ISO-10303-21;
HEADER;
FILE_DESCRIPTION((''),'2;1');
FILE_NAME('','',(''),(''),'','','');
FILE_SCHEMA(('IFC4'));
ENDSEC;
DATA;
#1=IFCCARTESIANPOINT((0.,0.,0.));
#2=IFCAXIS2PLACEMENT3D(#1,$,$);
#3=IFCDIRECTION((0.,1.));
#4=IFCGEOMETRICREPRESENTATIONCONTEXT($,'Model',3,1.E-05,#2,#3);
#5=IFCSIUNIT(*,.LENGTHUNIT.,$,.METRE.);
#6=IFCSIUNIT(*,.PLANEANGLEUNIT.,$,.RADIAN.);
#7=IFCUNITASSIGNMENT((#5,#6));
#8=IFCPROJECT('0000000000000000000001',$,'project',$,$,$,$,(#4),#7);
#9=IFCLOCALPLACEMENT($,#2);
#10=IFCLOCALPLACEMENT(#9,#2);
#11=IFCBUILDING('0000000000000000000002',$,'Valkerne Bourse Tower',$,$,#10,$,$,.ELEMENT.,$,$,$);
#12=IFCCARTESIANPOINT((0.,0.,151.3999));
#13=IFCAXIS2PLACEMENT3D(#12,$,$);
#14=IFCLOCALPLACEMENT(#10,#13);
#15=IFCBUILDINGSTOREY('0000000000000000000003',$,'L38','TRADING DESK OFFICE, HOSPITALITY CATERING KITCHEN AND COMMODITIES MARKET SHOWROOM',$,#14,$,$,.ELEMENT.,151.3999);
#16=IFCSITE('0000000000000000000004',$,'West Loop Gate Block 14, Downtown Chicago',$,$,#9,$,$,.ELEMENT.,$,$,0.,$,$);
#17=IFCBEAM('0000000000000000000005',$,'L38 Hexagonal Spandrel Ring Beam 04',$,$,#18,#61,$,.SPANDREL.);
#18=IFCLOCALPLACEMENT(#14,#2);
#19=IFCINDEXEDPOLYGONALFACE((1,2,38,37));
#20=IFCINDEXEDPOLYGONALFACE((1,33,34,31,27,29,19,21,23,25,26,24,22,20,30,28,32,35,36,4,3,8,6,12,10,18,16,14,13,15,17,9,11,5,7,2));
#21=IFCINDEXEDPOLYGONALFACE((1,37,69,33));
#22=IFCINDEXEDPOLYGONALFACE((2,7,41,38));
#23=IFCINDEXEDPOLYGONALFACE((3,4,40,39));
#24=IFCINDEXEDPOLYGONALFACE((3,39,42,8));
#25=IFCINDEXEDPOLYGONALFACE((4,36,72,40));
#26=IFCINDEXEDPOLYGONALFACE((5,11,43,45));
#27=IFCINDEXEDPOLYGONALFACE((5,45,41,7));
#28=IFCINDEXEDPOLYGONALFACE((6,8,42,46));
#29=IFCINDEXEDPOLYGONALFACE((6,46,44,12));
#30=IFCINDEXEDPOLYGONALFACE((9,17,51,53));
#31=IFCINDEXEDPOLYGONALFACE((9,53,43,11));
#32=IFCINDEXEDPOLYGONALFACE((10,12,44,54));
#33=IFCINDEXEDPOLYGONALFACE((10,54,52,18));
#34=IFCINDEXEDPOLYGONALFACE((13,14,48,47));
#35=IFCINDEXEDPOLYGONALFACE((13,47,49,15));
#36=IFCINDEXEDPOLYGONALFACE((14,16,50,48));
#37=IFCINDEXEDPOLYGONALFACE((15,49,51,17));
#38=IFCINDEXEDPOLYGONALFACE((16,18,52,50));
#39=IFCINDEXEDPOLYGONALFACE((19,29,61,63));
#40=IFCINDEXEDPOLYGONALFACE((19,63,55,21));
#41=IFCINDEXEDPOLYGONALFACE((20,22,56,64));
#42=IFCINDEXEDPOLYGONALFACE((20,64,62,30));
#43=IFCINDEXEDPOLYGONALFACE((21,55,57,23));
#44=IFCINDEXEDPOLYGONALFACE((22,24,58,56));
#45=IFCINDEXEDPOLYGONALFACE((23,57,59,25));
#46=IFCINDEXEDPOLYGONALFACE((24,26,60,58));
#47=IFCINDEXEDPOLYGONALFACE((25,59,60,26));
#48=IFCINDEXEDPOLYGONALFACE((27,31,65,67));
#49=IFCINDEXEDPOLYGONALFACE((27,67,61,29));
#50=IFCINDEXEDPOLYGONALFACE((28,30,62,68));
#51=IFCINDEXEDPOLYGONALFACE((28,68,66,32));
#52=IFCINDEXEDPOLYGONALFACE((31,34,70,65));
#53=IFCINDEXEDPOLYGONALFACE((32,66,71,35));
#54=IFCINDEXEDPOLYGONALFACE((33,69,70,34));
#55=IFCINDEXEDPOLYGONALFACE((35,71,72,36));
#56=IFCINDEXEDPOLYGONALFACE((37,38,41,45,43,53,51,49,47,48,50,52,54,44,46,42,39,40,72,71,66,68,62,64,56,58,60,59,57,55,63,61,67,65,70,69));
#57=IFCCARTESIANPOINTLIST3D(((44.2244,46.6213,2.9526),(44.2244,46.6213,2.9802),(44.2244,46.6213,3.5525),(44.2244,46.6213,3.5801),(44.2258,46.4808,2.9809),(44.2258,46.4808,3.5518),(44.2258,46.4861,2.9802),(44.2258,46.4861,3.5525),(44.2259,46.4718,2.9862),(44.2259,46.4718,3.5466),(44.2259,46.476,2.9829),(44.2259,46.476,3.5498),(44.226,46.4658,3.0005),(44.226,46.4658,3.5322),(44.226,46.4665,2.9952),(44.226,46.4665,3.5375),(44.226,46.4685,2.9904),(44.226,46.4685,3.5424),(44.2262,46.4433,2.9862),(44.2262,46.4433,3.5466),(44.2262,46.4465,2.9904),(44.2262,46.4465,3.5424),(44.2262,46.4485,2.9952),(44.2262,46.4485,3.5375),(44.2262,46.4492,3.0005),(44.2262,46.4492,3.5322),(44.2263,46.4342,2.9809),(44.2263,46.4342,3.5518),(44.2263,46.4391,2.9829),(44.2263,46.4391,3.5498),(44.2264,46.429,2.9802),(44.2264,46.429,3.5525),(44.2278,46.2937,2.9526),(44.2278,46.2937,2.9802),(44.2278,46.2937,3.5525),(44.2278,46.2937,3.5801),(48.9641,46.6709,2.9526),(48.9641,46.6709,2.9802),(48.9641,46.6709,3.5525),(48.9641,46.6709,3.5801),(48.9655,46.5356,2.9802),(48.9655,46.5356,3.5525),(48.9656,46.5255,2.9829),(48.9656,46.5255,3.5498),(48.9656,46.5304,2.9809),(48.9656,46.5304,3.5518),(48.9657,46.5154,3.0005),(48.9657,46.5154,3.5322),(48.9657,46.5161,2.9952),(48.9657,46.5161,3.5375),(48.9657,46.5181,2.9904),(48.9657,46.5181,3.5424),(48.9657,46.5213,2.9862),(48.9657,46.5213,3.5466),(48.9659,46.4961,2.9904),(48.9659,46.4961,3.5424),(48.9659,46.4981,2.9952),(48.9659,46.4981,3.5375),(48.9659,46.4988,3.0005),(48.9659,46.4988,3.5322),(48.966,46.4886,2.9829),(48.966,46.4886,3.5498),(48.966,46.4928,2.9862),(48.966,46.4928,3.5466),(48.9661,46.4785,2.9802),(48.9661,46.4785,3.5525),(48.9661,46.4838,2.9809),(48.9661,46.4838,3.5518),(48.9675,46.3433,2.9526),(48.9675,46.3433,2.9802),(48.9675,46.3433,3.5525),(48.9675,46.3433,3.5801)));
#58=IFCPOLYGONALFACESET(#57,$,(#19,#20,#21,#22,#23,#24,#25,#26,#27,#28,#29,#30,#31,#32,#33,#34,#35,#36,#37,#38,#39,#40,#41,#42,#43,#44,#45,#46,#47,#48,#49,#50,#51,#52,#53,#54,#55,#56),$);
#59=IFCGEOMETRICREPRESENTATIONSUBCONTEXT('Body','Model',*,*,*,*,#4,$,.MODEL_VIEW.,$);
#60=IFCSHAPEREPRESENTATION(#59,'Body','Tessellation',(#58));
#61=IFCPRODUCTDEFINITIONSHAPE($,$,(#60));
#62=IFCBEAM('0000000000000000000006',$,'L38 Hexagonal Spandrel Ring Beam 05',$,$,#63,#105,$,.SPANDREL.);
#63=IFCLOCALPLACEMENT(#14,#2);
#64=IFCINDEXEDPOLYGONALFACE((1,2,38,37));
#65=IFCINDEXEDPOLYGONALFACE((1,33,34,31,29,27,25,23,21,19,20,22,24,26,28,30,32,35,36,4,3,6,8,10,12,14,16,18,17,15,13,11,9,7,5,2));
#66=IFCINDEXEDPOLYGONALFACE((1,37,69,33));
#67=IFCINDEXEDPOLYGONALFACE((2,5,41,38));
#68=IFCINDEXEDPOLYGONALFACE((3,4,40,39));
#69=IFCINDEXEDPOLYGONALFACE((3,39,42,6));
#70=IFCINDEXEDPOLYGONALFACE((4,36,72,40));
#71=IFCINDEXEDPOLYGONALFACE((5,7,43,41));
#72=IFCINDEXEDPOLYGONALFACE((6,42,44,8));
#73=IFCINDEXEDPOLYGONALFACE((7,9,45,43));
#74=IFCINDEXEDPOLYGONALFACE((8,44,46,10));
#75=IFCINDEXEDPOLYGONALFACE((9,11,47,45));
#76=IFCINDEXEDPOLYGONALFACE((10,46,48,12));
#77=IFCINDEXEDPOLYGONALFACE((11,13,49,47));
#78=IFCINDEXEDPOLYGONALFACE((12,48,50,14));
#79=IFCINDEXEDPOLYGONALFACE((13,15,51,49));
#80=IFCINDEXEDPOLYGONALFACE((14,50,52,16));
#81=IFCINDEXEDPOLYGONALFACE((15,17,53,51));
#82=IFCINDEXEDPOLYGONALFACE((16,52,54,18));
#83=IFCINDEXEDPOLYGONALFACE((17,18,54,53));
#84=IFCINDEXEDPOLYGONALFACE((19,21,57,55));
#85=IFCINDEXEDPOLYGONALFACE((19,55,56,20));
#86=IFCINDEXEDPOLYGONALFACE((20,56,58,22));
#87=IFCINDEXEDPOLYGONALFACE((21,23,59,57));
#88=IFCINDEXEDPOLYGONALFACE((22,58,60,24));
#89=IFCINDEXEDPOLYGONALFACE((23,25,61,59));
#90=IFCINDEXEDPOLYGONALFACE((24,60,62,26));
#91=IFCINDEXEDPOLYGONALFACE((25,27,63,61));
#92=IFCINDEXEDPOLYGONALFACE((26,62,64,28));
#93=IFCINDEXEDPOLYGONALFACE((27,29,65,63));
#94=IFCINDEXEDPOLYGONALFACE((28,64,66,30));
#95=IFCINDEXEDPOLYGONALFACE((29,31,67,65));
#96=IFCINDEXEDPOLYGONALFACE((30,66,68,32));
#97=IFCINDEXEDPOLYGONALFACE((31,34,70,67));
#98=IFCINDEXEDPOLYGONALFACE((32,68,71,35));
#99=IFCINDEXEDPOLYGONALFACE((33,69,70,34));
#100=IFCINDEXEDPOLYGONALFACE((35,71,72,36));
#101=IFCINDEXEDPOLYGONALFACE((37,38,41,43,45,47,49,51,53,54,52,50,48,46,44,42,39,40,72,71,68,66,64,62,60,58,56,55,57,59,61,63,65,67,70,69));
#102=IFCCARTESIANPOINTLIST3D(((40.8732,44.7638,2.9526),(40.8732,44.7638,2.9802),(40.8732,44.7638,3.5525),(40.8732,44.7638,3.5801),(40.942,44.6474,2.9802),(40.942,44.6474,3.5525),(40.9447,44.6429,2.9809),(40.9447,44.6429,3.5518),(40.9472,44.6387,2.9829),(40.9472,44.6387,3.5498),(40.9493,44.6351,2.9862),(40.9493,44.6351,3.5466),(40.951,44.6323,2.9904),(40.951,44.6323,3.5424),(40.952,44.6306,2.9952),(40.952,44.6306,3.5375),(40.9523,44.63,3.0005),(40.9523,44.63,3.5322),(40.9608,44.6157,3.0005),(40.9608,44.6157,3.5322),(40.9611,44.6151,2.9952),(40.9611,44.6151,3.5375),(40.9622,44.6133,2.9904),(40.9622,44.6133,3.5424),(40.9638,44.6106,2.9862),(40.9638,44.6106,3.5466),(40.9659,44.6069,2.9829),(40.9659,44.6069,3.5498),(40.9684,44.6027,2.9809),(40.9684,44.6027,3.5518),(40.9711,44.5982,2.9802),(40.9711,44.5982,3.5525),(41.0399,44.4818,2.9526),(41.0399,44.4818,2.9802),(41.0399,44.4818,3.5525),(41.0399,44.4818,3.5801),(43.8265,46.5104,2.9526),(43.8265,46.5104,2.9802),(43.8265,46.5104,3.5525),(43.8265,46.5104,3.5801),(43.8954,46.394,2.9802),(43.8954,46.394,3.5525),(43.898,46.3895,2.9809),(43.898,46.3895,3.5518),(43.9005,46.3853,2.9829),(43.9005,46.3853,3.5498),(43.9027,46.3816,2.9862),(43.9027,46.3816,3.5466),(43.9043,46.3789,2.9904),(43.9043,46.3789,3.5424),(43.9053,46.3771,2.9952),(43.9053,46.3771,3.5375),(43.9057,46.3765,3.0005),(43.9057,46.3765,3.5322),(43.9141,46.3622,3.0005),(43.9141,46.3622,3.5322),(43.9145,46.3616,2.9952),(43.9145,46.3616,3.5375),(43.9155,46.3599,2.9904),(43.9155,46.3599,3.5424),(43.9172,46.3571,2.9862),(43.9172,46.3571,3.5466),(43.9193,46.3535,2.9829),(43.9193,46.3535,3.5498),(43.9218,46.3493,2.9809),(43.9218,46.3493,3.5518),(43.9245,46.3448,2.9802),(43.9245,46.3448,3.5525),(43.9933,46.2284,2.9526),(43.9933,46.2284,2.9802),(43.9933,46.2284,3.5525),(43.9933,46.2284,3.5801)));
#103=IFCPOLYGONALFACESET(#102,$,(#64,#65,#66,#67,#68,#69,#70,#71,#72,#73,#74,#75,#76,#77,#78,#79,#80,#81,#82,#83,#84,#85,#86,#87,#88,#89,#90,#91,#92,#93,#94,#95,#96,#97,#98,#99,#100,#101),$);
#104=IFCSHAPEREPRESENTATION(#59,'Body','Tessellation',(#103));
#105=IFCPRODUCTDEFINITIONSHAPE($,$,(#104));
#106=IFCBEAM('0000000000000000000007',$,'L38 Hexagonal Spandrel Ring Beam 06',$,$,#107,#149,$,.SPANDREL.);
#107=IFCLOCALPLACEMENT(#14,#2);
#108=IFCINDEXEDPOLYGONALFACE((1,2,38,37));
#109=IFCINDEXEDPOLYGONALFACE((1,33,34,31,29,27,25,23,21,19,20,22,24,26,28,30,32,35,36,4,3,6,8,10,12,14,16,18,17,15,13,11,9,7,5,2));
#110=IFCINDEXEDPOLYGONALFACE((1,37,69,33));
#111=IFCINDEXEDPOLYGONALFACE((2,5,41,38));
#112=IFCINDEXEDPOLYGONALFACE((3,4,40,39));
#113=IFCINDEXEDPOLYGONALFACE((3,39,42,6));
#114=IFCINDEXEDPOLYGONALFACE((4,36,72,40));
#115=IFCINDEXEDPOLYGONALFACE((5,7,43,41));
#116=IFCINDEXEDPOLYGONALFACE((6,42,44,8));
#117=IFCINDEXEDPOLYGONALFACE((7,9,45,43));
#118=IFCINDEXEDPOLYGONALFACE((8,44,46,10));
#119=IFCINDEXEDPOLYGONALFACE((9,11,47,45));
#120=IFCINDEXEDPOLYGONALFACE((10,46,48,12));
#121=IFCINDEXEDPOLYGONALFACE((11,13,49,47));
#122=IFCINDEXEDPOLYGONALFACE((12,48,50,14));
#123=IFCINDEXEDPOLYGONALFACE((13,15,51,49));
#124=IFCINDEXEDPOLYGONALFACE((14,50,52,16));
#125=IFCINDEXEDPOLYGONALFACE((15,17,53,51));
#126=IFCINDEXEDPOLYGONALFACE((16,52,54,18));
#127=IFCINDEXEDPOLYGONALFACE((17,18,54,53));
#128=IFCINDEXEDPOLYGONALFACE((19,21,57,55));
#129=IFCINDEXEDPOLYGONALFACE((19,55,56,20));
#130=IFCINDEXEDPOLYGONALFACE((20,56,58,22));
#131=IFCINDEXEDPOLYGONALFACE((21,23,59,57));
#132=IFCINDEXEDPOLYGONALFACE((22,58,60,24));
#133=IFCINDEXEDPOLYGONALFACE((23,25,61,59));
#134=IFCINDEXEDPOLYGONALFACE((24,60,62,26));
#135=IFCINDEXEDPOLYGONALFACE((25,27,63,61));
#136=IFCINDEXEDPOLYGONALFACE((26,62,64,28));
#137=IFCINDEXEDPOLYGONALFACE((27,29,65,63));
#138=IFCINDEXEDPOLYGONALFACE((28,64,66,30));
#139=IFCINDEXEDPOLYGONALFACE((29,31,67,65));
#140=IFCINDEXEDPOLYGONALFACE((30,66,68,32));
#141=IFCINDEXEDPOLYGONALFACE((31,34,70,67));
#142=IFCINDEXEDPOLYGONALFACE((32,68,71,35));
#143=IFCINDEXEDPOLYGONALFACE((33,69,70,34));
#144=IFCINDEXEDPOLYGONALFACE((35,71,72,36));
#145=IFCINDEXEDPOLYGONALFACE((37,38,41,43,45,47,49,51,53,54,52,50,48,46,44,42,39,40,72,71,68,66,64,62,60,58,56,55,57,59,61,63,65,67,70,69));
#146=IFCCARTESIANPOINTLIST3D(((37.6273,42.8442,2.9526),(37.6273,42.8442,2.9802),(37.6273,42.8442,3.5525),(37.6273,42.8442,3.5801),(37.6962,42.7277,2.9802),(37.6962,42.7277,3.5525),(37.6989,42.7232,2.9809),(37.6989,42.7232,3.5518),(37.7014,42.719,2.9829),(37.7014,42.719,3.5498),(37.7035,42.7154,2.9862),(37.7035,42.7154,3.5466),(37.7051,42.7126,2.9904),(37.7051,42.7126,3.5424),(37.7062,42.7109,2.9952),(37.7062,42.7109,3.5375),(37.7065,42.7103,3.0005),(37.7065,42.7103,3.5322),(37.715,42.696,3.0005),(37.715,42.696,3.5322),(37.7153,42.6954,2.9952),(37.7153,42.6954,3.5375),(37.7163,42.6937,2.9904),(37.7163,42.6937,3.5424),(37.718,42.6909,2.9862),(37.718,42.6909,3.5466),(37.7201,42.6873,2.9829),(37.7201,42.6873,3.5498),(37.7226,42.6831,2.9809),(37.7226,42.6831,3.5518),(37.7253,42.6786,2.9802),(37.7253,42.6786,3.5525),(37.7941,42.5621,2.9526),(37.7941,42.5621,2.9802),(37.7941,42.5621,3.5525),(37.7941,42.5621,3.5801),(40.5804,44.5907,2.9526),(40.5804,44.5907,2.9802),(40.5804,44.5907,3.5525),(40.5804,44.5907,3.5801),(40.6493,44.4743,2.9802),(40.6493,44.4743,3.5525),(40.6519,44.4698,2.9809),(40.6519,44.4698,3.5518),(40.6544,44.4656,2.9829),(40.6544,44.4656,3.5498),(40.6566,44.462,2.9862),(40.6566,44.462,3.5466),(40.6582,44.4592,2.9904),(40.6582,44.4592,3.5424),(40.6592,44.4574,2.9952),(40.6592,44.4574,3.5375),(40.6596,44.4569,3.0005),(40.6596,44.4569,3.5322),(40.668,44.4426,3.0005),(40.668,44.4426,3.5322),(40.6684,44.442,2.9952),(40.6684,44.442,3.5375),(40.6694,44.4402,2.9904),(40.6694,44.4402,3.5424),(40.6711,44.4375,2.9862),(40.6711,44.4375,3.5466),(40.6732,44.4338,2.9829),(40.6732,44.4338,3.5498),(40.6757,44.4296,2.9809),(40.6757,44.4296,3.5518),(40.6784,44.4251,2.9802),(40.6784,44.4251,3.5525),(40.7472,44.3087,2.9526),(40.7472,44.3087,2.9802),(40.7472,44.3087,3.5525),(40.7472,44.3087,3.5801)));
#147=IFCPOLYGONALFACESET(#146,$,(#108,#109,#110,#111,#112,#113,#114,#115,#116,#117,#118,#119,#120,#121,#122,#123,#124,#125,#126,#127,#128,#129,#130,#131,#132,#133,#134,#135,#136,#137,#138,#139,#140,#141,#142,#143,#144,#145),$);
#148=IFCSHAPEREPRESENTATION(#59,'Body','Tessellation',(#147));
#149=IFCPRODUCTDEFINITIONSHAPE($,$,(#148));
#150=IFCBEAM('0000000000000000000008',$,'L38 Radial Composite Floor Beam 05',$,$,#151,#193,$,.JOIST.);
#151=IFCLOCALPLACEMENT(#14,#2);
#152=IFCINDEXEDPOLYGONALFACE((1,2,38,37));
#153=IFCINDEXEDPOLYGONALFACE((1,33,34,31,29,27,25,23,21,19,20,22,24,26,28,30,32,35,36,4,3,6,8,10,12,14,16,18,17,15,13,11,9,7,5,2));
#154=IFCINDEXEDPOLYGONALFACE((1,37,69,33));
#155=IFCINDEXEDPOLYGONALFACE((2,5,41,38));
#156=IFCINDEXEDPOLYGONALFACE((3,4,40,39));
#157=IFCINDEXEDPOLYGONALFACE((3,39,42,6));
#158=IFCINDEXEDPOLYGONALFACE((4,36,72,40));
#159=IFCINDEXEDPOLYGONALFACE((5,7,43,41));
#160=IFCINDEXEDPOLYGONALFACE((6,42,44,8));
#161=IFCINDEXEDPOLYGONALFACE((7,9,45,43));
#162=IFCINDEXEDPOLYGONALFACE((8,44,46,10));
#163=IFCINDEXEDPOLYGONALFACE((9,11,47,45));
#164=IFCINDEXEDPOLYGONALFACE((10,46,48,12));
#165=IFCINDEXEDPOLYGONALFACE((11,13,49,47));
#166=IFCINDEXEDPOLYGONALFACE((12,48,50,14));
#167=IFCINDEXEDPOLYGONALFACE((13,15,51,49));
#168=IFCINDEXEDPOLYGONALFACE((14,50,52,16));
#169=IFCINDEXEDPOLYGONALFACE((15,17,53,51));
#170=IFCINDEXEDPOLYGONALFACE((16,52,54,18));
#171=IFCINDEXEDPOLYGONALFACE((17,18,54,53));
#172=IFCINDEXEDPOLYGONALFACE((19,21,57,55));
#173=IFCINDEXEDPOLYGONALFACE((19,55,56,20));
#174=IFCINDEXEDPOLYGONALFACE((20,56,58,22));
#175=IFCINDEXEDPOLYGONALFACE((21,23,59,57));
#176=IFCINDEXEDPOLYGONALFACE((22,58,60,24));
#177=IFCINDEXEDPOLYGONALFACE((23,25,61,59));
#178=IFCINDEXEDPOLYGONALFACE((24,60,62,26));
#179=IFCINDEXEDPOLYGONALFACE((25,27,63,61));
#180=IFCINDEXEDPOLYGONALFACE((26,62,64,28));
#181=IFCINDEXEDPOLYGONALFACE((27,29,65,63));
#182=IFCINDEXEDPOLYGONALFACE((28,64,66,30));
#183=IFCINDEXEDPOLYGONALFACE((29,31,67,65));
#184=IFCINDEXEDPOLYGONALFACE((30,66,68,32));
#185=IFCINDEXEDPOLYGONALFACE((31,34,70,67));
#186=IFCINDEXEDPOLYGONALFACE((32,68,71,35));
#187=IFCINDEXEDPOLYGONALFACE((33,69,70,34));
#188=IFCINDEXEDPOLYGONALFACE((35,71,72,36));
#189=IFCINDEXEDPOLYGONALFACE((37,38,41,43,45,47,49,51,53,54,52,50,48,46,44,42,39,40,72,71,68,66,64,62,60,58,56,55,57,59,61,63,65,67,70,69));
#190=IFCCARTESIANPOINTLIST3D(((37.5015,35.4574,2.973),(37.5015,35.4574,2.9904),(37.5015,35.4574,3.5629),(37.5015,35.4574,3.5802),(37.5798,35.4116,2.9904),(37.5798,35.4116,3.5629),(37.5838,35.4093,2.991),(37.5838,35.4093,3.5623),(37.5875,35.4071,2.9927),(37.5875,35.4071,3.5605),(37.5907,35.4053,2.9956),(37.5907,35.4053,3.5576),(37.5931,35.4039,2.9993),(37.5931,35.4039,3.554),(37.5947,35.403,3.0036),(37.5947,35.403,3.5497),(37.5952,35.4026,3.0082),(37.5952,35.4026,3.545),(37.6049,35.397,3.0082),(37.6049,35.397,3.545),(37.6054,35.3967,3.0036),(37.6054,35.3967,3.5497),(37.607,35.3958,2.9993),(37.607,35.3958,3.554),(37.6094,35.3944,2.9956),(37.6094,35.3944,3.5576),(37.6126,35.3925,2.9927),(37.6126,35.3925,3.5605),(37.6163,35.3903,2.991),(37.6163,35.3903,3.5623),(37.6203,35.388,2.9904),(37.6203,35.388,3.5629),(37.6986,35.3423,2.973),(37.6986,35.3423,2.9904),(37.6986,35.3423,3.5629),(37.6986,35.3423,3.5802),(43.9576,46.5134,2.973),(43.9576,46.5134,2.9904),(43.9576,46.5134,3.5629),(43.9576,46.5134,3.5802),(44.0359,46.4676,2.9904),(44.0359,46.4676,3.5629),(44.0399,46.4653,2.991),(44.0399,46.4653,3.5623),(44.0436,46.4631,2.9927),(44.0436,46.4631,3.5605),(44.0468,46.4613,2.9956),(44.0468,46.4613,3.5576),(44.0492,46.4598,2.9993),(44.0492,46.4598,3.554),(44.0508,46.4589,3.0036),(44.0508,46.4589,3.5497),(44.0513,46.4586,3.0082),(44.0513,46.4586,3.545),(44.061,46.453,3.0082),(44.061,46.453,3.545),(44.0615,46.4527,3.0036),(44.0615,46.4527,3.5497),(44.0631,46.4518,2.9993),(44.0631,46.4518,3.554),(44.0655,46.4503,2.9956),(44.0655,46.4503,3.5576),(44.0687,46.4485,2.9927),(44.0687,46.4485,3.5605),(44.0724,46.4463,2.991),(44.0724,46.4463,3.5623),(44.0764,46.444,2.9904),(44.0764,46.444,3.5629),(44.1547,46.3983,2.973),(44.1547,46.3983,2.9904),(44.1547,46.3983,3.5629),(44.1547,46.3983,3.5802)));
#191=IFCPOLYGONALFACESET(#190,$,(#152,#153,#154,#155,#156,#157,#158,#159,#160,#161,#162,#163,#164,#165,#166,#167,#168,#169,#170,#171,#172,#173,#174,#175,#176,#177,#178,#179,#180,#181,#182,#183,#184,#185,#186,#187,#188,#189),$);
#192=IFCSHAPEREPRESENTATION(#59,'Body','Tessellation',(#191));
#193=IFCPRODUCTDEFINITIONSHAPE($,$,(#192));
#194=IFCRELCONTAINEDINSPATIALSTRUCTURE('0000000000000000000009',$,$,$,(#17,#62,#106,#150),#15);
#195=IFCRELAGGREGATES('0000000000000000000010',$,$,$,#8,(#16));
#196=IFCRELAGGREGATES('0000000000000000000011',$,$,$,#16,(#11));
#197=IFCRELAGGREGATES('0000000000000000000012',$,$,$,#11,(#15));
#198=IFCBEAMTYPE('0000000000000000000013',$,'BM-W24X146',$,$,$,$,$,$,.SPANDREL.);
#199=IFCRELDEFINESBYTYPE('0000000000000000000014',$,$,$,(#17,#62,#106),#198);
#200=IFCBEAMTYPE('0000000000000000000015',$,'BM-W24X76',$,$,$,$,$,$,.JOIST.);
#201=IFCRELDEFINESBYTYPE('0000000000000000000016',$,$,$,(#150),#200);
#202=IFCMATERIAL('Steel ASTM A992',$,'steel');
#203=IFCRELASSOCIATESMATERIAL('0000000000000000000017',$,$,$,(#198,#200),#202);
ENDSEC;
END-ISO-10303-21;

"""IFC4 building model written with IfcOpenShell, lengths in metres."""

from ifc_helpers import new_model, si_unit, direction, frame, origin, origin_2d, place, context, subcontext, project, spatial, i_section, extrude, material, material_profile, profile_set, type_object, element, save


model = new_model("IFC4")

# Units and contexts
model_context = context("Model", 3, precision=1e-05, world=origin(), true_north=direction((0.0, 1.0)))
body_context = subcontext(model_context, "Body", "Model", "MODEL_VIEW")
ifc_project = project(units=[si_unit("LENGTHUNIT", "METRE"), si_unit("PLANEANGLEUNIT", "RADIAN")], contexts=[model_context])

# Site, building, storey
site_placement = place(None, origin())
site = spatial("IfcSite", under=ifc_project, at=site_placement, Name="West Loop Gate Block 14, Downtown Chicago", CompositionType="ELEMENT", RefElevation=0.0)
building_placement = place(site_placement, origin())
building = spatial("IfcBuilding", under=site, at=building_placement, Name="Valkerne Bourse Tower", CompositionType="ELEMENT")
storey_placement = place(building_placement, frame((0.0, 0.0, 151.3999)))
storey = spatial("IfcBuildingStorey", under=building, at=storey_placement, Name="L38", Description="TRADING DESK OFFICE, HOSPITALITY CATERING KITCHEN AND COMMODITIES MARKET SHOWROOM", CompositionType="ELEMENT", Elevation=151.3999)

# Beams
ifc_material_1 = material(Name="Steel ASTM A992", Category="steel")
ifc_material_profile_1 = material_profile(ifc_material_1, i_section(OverallWidth=0.3276, OverallDepth=0.6274, WebThickness=0.0166, FlangeThickness=0.0276, FilletRadius=0.0203, at=origin_2d()), Name="W24X146")
ifc_profile_set_1 = profile_set([ifc_material_profile_1], Name="Steel ASTM A992")
beam_type_1 = type_object("IfcBeamType", Name="BM-W24X146", PredefinedType="SPANDREL", material=ifc_profile_set_1)
beam_1_placement = place(storey_placement, frame((48.9658, 46.5071, 3.2664), z_axis=(-0.999945, -0.010456, 0.0), x_axis=(0.010456, -0.999945, 0.0)))
element("IfcBeam", 1, at=beam_1_placement, inside=storey, type_object=beam_type_1, Name="L38 Hexagonal Spandrel Ring Beam 04", PredefinedType="SPANDREL", context=body_context, shape_type="SweptSolid", body=[
    extrude(i_section(OverallWidth=0.3276, OverallDepth=0.6274, WebThickness=0.0166, FlangeThickness=0.0276, FilletRadius=0.0203, at=origin_2d()), origin(), (0.0, 0.0, 1.0), 4.74),
])
beam_2_placement = place(storey_placement, frame((43.9099, 46.3694, 3.2664), z_axis=(-0.860747, -0.509034, 0.0), x_axis=(0.509034, -0.860747, 0.0)))
element("IfcBeam", 2, at=beam_2_placement, inside=storey, type_object=beam_type_1, Name="L38 Hexagonal Spandrel Ring Beam 05", PredefinedType="SPANDREL", context=body_context, shape_type="SweptSolid", body=[
    extrude(i_section(OverallWidth=0.3276, OverallDepth=0.6274, WebThickness=0.0166, FlangeThickness=0.0276, FilletRadius=0.0203, at=origin_2d()), origin(), (0.0, 0.0, 1.0), 3.4312),
])
beam_3_placement = place(storey_placement, frame((40.6638, 44.4497, 3.2664), z_axis=(-0.860728, -0.509065, 0.0), x_axis=(0.509065, -0.860728, 0.0)))
element("IfcBeam", 3, at=beam_3_placement, inside=storey, type_object=beam_type_1, Name="L38 Hexagonal Spandrel Ring Beam 06", PredefinedType="SPANDREL", context=body_context, shape_type="SweptSolid", body=[
    extrude(i_section(OverallWidth=0.3276, OverallDepth=0.6274, WebThickness=0.0166, FlangeThickness=0.0276, FilletRadius=0.0203, at=origin_2d()), origin(), (0.0, 0.0, 1.0), 3.4309),
])
ifc_material_profile_2 = material_profile(ifc_material_1, i_section(OverallWidth=0.2283, OverallDepth=0.6072, WebThickness=0.0112, FlangeThickness=0.0173, FilletRadius=0.0178, at=origin_2d()), Name="W24X76")
ifc_profile_set_2 = profile_set([ifc_material_profile_2], Name="Steel ASTM A992")
beam_type_2 = type_object("IfcBeamType", Name="BM-W24X76", PredefinedType="JOIST", material=ifc_profile_set_2)
beam_4_placement = place(storey_placement, frame((44.0562, 46.4558, 3.2766), z_axis=(-0.504266, -0.863548, 0.0), x_axis=(0.863548, -0.504266, 0.0)))
element("IfcBeam", 4, at=beam_4_placement, inside=storey, type_object=beam_type_2, Name="L38 Radial Composite Floor Beam 05", PredefinedType="JOIST", context=body_context, shape_type="SweptSolid", body=[
    extrude(i_section(OverallWidth=0.2283, OverallDepth=0.6072, WebThickness=0.0112, FlangeThickness=0.0173, FilletRadius=0.0178, at=origin_2d()), origin(), (0.0, 0.0, 1.0), 12.803),
])

save(model, "model.ifc")
